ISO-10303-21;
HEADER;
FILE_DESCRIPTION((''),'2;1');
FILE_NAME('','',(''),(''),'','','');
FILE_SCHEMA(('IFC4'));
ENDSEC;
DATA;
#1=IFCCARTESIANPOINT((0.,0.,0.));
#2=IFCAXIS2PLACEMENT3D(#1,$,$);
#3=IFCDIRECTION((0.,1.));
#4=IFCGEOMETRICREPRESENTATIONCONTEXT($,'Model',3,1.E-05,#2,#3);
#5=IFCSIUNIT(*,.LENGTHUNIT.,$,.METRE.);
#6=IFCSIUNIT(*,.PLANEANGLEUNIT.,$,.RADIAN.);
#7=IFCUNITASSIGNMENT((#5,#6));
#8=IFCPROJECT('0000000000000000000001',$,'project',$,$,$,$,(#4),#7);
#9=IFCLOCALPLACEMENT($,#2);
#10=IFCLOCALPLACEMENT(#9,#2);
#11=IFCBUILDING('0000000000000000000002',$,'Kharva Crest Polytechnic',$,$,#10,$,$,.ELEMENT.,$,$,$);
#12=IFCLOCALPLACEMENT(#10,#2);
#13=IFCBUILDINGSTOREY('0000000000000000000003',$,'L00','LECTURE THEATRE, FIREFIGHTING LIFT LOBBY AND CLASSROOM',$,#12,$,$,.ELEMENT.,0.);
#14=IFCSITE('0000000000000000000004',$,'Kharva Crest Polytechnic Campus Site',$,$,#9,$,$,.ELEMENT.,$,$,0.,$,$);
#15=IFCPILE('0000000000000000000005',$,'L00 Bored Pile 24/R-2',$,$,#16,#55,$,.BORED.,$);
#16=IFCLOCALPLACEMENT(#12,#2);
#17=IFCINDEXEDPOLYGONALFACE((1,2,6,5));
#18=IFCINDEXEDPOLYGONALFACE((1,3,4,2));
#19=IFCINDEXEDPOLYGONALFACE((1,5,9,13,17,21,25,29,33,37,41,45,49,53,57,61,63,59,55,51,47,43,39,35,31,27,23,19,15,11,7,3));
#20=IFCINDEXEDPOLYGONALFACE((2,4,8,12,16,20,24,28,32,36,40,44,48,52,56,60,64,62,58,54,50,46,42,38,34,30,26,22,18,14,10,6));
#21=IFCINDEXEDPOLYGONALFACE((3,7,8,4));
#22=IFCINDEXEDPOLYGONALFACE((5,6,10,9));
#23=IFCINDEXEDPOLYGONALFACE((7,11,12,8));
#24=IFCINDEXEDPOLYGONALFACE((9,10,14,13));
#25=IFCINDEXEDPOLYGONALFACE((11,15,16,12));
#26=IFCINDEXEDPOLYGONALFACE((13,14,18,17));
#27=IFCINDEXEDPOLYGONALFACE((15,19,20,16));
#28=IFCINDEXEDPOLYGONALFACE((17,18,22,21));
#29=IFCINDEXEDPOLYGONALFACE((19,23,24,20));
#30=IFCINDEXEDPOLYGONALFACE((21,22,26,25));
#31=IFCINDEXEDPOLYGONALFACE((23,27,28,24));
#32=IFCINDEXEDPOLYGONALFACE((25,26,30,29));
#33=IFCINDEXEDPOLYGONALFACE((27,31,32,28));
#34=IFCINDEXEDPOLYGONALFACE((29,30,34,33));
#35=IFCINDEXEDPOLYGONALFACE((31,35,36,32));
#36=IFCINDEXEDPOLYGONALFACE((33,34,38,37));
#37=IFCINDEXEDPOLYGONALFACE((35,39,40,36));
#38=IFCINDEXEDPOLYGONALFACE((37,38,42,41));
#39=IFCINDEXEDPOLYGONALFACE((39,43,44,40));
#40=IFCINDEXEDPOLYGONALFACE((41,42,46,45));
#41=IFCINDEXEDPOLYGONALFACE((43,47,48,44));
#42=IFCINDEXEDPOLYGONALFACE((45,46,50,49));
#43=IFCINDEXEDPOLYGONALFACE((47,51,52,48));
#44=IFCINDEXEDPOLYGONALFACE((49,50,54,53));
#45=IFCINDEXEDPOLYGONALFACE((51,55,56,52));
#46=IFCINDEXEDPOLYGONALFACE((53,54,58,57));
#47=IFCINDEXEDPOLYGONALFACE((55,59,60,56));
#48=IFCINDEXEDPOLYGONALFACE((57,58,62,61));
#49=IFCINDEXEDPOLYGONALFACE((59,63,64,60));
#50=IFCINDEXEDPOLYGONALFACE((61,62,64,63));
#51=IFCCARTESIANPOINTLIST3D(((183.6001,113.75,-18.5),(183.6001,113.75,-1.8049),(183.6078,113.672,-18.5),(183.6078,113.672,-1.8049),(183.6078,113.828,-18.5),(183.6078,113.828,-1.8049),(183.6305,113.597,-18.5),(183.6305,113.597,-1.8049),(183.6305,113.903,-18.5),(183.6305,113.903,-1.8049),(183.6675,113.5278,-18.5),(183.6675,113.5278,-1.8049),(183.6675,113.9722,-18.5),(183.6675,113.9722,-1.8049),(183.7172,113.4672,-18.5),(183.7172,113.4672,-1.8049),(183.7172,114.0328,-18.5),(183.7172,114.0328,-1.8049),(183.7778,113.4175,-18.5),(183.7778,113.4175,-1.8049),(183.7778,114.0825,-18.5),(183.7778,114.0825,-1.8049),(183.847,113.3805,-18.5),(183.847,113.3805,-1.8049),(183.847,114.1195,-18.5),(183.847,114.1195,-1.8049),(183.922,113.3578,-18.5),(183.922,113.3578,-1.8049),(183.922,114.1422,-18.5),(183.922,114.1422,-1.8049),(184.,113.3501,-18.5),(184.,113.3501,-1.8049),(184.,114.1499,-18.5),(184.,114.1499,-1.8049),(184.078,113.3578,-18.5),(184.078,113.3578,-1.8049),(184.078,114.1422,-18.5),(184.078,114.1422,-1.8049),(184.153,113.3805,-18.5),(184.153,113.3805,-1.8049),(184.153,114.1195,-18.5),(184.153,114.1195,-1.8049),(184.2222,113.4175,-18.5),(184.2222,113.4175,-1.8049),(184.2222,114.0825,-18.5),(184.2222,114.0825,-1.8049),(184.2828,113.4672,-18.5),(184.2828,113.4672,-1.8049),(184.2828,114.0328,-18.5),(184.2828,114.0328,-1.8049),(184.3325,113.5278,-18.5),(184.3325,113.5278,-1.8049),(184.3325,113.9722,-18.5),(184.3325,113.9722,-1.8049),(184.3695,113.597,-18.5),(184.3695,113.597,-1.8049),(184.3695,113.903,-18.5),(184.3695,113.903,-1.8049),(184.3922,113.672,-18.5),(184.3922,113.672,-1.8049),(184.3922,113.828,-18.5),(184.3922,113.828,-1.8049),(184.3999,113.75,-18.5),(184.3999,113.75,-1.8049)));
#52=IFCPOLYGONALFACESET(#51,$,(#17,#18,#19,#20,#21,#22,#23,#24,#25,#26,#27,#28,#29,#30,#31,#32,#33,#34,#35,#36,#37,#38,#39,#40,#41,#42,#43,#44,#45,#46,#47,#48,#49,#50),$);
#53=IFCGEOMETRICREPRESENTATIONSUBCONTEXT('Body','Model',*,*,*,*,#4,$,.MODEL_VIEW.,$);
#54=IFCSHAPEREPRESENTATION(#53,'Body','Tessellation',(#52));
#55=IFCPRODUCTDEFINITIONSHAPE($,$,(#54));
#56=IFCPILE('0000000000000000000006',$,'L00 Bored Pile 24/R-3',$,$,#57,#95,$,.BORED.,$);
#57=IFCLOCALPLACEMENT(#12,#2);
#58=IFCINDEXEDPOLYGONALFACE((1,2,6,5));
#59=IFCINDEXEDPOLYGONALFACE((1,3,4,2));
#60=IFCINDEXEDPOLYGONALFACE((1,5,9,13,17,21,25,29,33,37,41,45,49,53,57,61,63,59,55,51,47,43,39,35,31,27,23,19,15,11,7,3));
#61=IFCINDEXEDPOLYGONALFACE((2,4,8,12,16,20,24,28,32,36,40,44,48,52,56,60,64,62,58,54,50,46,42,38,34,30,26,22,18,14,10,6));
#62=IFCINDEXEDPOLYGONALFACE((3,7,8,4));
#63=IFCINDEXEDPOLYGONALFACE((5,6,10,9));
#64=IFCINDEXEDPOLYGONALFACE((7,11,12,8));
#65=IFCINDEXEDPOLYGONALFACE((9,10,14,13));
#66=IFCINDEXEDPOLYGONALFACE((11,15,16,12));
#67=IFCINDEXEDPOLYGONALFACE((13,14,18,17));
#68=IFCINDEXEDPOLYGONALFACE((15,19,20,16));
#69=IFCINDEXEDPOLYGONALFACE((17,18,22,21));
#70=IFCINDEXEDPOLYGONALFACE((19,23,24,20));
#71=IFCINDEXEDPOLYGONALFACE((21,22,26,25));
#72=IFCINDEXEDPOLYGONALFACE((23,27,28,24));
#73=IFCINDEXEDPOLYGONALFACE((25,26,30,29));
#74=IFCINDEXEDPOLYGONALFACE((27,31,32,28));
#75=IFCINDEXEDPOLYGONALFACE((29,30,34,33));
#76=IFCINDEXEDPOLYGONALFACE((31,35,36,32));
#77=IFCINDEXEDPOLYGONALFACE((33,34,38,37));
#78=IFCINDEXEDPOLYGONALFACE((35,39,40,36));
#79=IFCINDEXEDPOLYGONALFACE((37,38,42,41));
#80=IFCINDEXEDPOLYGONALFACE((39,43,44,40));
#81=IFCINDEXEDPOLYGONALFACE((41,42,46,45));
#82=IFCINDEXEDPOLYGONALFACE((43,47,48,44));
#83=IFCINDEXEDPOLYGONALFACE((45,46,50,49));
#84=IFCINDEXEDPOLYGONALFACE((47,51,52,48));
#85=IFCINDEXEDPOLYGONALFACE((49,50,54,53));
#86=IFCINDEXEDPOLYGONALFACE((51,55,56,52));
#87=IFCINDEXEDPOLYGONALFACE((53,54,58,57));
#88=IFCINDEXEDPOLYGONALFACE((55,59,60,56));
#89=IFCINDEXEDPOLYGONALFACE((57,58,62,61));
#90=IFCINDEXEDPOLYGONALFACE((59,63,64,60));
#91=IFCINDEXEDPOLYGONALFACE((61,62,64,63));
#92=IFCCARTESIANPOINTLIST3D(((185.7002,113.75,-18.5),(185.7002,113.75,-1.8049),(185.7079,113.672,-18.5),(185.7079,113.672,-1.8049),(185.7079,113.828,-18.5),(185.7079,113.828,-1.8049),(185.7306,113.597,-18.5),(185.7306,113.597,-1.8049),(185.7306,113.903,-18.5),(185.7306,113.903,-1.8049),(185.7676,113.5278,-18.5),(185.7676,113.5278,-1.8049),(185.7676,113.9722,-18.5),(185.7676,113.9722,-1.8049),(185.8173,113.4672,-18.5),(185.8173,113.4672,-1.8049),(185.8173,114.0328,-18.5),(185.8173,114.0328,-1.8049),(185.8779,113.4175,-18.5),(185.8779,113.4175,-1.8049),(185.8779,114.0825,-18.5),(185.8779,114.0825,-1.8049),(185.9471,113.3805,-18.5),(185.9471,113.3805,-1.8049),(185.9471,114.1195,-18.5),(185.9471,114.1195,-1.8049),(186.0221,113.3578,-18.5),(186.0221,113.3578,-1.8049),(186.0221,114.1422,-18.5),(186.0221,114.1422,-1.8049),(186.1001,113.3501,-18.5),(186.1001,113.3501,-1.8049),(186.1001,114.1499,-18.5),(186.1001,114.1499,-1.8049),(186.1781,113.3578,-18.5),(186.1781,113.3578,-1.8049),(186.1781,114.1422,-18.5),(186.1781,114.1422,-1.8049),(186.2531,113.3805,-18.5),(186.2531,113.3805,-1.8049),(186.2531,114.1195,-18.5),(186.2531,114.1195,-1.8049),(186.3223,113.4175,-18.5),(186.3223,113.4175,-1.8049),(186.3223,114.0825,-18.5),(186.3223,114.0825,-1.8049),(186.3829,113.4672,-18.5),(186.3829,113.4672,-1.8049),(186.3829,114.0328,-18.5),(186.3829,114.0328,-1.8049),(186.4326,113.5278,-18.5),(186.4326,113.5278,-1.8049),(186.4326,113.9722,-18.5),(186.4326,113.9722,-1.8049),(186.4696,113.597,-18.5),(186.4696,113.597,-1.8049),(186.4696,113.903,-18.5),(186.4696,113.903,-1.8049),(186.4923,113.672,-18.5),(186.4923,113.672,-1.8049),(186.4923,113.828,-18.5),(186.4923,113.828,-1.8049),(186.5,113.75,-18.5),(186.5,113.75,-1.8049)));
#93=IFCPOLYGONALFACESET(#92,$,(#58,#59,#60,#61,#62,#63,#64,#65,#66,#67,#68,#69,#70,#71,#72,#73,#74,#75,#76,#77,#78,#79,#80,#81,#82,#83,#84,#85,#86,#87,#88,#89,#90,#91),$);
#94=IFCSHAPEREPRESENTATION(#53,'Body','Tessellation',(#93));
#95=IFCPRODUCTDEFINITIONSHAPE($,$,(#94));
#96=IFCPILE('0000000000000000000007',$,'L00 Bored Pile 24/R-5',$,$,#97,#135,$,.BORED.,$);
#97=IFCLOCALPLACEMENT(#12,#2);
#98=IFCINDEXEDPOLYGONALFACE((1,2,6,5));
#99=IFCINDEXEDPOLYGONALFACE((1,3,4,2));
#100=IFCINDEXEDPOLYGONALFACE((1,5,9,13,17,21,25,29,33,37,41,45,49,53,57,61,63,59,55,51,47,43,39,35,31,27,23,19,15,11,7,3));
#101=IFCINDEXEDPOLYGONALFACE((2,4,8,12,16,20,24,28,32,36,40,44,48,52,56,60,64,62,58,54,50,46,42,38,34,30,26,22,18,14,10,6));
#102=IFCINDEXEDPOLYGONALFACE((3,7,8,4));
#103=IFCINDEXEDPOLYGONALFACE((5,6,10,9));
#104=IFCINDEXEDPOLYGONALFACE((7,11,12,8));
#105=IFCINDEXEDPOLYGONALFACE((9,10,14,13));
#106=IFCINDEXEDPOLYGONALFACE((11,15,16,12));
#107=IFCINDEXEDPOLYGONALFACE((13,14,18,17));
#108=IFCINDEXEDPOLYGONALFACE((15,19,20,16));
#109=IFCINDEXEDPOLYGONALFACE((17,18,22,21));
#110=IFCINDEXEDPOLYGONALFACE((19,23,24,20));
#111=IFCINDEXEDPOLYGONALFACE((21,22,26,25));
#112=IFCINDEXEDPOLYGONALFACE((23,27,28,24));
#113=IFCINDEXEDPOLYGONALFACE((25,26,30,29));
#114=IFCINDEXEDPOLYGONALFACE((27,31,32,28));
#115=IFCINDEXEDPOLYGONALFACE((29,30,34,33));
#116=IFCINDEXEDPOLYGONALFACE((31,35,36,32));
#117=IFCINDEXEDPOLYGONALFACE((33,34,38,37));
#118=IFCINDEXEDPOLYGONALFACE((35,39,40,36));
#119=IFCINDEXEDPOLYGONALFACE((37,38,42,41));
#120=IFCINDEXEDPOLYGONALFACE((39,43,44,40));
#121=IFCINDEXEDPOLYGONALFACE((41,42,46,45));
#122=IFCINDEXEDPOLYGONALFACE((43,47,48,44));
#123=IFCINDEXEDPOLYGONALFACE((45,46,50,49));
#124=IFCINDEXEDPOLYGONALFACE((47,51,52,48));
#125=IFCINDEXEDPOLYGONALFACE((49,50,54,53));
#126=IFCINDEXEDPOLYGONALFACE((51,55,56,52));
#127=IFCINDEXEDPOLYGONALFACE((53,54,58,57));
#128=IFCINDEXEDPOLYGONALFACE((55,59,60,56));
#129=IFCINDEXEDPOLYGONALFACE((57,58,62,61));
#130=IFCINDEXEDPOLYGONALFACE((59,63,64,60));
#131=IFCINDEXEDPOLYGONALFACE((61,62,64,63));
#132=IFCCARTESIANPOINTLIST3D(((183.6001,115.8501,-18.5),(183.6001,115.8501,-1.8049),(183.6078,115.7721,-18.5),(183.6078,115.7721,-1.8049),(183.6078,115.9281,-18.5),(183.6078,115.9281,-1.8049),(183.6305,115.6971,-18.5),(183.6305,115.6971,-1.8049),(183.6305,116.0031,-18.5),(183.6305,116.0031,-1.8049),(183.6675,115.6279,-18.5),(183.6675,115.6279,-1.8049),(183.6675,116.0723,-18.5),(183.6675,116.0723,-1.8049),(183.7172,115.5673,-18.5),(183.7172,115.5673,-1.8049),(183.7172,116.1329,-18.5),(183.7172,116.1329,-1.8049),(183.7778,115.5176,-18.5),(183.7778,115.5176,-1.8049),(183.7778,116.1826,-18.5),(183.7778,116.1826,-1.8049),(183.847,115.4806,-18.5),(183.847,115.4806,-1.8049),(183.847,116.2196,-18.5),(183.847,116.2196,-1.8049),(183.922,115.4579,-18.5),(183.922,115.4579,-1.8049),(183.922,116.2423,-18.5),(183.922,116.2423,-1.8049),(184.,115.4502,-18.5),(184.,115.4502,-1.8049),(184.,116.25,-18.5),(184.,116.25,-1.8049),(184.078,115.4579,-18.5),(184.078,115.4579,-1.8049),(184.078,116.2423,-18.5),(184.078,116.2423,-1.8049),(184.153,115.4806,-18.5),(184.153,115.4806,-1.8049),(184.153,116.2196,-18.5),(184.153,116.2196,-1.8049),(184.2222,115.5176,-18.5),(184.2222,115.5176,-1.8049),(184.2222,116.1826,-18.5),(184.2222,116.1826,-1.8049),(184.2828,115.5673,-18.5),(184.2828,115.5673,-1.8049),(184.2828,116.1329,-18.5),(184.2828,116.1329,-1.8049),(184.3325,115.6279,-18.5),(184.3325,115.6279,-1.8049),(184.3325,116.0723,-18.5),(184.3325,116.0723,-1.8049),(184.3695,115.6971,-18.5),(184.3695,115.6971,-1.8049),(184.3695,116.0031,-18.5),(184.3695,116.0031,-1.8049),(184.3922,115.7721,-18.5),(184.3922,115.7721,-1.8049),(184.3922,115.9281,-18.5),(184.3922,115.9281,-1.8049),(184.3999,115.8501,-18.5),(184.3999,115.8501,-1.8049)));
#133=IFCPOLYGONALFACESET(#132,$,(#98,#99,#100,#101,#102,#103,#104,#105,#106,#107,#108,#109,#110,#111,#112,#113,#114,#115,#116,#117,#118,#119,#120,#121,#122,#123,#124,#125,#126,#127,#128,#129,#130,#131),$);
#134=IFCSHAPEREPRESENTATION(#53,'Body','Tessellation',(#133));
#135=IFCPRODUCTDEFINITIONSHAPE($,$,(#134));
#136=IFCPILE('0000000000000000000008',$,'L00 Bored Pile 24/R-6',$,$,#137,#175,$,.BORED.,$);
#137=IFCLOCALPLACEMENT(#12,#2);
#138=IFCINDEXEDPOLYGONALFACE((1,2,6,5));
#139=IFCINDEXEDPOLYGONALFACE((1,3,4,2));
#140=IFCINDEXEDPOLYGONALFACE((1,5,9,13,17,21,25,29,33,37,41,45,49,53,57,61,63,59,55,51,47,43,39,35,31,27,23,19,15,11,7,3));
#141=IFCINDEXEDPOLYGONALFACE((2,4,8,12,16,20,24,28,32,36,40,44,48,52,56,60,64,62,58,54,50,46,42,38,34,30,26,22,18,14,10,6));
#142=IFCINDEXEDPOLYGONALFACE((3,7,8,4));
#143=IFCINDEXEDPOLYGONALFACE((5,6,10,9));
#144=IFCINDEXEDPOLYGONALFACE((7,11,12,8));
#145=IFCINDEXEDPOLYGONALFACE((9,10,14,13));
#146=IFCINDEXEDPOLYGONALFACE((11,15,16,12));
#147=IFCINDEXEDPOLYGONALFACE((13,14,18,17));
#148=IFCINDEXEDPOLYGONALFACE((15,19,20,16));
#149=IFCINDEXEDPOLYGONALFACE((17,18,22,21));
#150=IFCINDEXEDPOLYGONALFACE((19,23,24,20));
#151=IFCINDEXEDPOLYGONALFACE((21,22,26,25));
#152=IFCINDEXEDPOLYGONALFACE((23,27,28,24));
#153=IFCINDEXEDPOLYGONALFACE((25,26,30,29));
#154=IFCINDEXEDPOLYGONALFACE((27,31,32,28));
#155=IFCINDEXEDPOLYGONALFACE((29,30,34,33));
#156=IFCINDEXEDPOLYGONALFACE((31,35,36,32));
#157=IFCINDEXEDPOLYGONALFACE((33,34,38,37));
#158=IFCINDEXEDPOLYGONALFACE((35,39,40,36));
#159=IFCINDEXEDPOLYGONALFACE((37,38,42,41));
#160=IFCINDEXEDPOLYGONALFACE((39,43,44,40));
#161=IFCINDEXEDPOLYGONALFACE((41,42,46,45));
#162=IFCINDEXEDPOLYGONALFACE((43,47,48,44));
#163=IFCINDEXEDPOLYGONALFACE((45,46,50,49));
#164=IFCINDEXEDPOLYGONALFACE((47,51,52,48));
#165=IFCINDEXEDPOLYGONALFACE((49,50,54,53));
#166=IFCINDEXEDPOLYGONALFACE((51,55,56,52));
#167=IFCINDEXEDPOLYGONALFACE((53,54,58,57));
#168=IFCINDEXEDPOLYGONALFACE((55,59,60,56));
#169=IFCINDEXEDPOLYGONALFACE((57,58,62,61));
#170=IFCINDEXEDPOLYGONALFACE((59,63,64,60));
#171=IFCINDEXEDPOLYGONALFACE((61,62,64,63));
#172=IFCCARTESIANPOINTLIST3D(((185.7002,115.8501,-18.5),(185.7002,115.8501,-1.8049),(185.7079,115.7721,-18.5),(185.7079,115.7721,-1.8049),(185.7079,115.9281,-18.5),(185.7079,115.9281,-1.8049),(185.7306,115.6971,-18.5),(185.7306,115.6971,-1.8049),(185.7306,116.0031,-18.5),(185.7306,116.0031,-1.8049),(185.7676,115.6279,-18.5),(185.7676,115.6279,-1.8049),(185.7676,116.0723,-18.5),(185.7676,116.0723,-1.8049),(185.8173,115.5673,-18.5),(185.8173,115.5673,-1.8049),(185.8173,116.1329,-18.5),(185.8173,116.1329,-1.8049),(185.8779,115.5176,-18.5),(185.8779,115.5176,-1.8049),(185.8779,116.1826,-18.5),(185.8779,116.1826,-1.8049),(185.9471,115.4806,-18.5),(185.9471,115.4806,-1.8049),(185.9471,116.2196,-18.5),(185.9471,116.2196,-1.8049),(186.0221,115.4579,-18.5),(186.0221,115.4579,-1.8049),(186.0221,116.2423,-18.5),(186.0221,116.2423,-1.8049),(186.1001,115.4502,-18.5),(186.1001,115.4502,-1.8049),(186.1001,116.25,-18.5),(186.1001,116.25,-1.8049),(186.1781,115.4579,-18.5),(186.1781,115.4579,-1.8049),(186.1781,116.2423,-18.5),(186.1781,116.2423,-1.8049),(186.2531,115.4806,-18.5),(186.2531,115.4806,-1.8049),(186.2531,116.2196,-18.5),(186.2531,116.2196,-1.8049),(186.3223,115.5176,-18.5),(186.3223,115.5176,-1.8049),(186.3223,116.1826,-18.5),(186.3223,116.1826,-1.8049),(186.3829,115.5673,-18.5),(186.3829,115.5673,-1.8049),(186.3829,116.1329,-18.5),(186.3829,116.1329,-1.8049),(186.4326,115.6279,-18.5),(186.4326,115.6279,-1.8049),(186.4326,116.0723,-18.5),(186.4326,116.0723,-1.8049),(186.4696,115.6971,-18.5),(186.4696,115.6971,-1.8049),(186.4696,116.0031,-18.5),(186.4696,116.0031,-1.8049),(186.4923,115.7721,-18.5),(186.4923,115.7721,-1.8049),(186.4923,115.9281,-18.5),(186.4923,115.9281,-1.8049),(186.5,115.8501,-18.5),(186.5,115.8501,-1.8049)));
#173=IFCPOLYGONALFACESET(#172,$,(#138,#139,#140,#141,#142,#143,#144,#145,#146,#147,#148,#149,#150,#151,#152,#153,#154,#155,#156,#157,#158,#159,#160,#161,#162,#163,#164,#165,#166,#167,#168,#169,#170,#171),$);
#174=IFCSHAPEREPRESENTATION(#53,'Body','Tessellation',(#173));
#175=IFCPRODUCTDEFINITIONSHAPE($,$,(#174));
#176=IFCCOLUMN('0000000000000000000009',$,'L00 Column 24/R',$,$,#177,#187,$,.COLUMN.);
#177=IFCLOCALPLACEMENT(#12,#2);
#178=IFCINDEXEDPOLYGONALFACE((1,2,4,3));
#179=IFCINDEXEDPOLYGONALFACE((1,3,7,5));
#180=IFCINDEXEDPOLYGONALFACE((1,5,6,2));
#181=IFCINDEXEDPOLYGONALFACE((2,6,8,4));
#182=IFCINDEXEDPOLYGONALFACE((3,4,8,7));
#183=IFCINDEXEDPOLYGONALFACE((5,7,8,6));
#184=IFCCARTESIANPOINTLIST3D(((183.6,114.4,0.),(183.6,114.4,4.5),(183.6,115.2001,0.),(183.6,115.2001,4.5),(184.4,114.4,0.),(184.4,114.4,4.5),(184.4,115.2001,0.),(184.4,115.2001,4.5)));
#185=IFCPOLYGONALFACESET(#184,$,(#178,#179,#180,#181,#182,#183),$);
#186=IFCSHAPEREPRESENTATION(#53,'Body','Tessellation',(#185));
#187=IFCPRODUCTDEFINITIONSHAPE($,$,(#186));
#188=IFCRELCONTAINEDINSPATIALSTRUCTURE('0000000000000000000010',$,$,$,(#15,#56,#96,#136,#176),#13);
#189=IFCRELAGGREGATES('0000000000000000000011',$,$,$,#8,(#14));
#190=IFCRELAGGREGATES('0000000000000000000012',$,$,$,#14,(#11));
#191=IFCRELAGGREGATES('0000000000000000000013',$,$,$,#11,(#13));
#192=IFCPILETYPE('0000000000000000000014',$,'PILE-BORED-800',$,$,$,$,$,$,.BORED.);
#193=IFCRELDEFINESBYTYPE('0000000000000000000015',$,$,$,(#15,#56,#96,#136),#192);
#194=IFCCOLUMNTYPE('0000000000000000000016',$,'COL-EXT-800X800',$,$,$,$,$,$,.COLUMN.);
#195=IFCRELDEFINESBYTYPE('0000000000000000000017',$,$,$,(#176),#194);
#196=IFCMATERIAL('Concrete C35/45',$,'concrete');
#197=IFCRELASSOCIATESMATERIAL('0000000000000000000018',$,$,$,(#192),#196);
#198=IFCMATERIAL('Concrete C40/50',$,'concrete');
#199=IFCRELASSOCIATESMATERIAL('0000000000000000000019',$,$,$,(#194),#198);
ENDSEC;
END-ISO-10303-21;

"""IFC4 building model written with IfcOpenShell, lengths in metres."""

from ifc_helpers import new_model, si_unit, direction, frame, origin, origin_2d, place, context, subcontext, project, spatial, rectangle, circle, extrude, material, material_profile, profile_set, type_object, element, save


model = new_model("IFC4")

# Units and contexts
model_context = context("Model", 3, precision=1e-05, world=origin(), true_north=direction((0.0, 1.0)))
body_context = subcontext(model_context, "Body", "Model", "MODEL_VIEW")
ifc_project = project(units=[si_unit("LENGTHUNIT", "METRE"), si_unit("PLANEANGLEUNIT", "RADIAN")], contexts=[model_context])

# Site, building, storey
site_placement = place(None, origin())
site = spatial("IfcSite", under=ifc_project, at=site_placement, Name="Kharva Crest Polytechnic Campus Site", CompositionType="ELEMENT", RefElevation=0.0)
building_placement = place(site_placement, origin())
building = spatial("IfcBuilding", under=site, at=building_placement, Name="Kharva Crest Polytechnic", CompositionType="ELEMENT")
storey_placement = place(building_placement, origin())
storey = spatial("IfcBuildingStorey", under=building, at=storey_placement, Name="L00", Description="LECTURE THEATRE, FIREFIGHTING LIFT LOBBY AND CLASSROOM", CompositionType="ELEMENT", Elevation=0.0)

# Shared definitions
ifc_material_1 = material(Name="Concrete C35/45", Category="concrete")

# Piles
ifc_material_profile_1 = material_profile(ifc_material_1, circle(Radius=0.3999, at=origin_2d()), Name="DIA 800")
ifc_profile_set_1 = profile_set([ifc_material_profile_1], Name="Concrete C35/45")
pile_type = type_object("IfcPileType", Name="PILE-BORED-800", PredefinedType="BORED", material=ifc_profile_set_1)
for number, where, z_axis, x_axis, name in (
    (1, (184.0, 113.75, -1.8049), (0.0, 0.0, -1.0), (1.0, 0.0, 0.0), "L00 Bored Pile 24/R-2"),
    (2, (186.1001, 113.75, -1.8049), (0.0, 0.0, -1.0), (1.0, 0.0, 0.0), "L00 Bored Pile 24/R-3"),
    (3, (184.0, 115.8501, -1.8049), (0.0, 0.0, -1.0), (1.0, 0.0, 0.0), "L00 Bored Pile 24/R-5"),
    (4, (186.1001, 115.8501, -1.8049), (0.0, 0.0, -1.0), (1.0, 0.0, 0.0), "L00 Bored Pile 24/R-6"),
):
    element("IfcPile", number, at=place(storey_placement, frame(where, z_axis=z_axis, x_axis=x_axis)), inside=storey, type_object=pile_type, Name=name, PredefinedType="BORED", context=body_context, shape_type="SweptSolid", body=[
        extrude(circle(Radius=0.3999, at=origin_2d()), origin(), (0.0, 0.0, 1.0), 16.6951),
    ])

# Column
ifc_material_2 = material(Name="Concrete C40/50", Category="concrete")
ifc_material_profile_2 = material_profile(ifc_material_2, rectangle(XDim=0.8, YDim=0.8, at=origin_2d()), Name="RECT 800 X 800")
ifc_profile_set_2 = profile_set([ifc_material_profile_2], Name="Concrete C40/50")
column_type_1 = type_object("IfcColumnType", Name="COL-EXT-800X800", PredefinedType="COLUMN", material=ifc_profile_set_2)
column_1_placement = place(storey_placement, frame((184.0, 114.8, 0.0), z_axis=(0.0, 0.0, 1.0), x_axis=(1.0, 0.0, 0.0)))
element("IfcColumn", 5, at=column_1_placement, inside=storey, type_object=column_type_1, Name="L00 Column 24/R", PredefinedType="COLUMN", context=body_context, shape_type="SweptSolid", body=[
    extrude(rectangle(XDim=0.8, YDim=0.8, at=origin_2d()), origin(), (0.0, 0.0, 1.0), 4.5),
])

save(model, "model.ifc")
